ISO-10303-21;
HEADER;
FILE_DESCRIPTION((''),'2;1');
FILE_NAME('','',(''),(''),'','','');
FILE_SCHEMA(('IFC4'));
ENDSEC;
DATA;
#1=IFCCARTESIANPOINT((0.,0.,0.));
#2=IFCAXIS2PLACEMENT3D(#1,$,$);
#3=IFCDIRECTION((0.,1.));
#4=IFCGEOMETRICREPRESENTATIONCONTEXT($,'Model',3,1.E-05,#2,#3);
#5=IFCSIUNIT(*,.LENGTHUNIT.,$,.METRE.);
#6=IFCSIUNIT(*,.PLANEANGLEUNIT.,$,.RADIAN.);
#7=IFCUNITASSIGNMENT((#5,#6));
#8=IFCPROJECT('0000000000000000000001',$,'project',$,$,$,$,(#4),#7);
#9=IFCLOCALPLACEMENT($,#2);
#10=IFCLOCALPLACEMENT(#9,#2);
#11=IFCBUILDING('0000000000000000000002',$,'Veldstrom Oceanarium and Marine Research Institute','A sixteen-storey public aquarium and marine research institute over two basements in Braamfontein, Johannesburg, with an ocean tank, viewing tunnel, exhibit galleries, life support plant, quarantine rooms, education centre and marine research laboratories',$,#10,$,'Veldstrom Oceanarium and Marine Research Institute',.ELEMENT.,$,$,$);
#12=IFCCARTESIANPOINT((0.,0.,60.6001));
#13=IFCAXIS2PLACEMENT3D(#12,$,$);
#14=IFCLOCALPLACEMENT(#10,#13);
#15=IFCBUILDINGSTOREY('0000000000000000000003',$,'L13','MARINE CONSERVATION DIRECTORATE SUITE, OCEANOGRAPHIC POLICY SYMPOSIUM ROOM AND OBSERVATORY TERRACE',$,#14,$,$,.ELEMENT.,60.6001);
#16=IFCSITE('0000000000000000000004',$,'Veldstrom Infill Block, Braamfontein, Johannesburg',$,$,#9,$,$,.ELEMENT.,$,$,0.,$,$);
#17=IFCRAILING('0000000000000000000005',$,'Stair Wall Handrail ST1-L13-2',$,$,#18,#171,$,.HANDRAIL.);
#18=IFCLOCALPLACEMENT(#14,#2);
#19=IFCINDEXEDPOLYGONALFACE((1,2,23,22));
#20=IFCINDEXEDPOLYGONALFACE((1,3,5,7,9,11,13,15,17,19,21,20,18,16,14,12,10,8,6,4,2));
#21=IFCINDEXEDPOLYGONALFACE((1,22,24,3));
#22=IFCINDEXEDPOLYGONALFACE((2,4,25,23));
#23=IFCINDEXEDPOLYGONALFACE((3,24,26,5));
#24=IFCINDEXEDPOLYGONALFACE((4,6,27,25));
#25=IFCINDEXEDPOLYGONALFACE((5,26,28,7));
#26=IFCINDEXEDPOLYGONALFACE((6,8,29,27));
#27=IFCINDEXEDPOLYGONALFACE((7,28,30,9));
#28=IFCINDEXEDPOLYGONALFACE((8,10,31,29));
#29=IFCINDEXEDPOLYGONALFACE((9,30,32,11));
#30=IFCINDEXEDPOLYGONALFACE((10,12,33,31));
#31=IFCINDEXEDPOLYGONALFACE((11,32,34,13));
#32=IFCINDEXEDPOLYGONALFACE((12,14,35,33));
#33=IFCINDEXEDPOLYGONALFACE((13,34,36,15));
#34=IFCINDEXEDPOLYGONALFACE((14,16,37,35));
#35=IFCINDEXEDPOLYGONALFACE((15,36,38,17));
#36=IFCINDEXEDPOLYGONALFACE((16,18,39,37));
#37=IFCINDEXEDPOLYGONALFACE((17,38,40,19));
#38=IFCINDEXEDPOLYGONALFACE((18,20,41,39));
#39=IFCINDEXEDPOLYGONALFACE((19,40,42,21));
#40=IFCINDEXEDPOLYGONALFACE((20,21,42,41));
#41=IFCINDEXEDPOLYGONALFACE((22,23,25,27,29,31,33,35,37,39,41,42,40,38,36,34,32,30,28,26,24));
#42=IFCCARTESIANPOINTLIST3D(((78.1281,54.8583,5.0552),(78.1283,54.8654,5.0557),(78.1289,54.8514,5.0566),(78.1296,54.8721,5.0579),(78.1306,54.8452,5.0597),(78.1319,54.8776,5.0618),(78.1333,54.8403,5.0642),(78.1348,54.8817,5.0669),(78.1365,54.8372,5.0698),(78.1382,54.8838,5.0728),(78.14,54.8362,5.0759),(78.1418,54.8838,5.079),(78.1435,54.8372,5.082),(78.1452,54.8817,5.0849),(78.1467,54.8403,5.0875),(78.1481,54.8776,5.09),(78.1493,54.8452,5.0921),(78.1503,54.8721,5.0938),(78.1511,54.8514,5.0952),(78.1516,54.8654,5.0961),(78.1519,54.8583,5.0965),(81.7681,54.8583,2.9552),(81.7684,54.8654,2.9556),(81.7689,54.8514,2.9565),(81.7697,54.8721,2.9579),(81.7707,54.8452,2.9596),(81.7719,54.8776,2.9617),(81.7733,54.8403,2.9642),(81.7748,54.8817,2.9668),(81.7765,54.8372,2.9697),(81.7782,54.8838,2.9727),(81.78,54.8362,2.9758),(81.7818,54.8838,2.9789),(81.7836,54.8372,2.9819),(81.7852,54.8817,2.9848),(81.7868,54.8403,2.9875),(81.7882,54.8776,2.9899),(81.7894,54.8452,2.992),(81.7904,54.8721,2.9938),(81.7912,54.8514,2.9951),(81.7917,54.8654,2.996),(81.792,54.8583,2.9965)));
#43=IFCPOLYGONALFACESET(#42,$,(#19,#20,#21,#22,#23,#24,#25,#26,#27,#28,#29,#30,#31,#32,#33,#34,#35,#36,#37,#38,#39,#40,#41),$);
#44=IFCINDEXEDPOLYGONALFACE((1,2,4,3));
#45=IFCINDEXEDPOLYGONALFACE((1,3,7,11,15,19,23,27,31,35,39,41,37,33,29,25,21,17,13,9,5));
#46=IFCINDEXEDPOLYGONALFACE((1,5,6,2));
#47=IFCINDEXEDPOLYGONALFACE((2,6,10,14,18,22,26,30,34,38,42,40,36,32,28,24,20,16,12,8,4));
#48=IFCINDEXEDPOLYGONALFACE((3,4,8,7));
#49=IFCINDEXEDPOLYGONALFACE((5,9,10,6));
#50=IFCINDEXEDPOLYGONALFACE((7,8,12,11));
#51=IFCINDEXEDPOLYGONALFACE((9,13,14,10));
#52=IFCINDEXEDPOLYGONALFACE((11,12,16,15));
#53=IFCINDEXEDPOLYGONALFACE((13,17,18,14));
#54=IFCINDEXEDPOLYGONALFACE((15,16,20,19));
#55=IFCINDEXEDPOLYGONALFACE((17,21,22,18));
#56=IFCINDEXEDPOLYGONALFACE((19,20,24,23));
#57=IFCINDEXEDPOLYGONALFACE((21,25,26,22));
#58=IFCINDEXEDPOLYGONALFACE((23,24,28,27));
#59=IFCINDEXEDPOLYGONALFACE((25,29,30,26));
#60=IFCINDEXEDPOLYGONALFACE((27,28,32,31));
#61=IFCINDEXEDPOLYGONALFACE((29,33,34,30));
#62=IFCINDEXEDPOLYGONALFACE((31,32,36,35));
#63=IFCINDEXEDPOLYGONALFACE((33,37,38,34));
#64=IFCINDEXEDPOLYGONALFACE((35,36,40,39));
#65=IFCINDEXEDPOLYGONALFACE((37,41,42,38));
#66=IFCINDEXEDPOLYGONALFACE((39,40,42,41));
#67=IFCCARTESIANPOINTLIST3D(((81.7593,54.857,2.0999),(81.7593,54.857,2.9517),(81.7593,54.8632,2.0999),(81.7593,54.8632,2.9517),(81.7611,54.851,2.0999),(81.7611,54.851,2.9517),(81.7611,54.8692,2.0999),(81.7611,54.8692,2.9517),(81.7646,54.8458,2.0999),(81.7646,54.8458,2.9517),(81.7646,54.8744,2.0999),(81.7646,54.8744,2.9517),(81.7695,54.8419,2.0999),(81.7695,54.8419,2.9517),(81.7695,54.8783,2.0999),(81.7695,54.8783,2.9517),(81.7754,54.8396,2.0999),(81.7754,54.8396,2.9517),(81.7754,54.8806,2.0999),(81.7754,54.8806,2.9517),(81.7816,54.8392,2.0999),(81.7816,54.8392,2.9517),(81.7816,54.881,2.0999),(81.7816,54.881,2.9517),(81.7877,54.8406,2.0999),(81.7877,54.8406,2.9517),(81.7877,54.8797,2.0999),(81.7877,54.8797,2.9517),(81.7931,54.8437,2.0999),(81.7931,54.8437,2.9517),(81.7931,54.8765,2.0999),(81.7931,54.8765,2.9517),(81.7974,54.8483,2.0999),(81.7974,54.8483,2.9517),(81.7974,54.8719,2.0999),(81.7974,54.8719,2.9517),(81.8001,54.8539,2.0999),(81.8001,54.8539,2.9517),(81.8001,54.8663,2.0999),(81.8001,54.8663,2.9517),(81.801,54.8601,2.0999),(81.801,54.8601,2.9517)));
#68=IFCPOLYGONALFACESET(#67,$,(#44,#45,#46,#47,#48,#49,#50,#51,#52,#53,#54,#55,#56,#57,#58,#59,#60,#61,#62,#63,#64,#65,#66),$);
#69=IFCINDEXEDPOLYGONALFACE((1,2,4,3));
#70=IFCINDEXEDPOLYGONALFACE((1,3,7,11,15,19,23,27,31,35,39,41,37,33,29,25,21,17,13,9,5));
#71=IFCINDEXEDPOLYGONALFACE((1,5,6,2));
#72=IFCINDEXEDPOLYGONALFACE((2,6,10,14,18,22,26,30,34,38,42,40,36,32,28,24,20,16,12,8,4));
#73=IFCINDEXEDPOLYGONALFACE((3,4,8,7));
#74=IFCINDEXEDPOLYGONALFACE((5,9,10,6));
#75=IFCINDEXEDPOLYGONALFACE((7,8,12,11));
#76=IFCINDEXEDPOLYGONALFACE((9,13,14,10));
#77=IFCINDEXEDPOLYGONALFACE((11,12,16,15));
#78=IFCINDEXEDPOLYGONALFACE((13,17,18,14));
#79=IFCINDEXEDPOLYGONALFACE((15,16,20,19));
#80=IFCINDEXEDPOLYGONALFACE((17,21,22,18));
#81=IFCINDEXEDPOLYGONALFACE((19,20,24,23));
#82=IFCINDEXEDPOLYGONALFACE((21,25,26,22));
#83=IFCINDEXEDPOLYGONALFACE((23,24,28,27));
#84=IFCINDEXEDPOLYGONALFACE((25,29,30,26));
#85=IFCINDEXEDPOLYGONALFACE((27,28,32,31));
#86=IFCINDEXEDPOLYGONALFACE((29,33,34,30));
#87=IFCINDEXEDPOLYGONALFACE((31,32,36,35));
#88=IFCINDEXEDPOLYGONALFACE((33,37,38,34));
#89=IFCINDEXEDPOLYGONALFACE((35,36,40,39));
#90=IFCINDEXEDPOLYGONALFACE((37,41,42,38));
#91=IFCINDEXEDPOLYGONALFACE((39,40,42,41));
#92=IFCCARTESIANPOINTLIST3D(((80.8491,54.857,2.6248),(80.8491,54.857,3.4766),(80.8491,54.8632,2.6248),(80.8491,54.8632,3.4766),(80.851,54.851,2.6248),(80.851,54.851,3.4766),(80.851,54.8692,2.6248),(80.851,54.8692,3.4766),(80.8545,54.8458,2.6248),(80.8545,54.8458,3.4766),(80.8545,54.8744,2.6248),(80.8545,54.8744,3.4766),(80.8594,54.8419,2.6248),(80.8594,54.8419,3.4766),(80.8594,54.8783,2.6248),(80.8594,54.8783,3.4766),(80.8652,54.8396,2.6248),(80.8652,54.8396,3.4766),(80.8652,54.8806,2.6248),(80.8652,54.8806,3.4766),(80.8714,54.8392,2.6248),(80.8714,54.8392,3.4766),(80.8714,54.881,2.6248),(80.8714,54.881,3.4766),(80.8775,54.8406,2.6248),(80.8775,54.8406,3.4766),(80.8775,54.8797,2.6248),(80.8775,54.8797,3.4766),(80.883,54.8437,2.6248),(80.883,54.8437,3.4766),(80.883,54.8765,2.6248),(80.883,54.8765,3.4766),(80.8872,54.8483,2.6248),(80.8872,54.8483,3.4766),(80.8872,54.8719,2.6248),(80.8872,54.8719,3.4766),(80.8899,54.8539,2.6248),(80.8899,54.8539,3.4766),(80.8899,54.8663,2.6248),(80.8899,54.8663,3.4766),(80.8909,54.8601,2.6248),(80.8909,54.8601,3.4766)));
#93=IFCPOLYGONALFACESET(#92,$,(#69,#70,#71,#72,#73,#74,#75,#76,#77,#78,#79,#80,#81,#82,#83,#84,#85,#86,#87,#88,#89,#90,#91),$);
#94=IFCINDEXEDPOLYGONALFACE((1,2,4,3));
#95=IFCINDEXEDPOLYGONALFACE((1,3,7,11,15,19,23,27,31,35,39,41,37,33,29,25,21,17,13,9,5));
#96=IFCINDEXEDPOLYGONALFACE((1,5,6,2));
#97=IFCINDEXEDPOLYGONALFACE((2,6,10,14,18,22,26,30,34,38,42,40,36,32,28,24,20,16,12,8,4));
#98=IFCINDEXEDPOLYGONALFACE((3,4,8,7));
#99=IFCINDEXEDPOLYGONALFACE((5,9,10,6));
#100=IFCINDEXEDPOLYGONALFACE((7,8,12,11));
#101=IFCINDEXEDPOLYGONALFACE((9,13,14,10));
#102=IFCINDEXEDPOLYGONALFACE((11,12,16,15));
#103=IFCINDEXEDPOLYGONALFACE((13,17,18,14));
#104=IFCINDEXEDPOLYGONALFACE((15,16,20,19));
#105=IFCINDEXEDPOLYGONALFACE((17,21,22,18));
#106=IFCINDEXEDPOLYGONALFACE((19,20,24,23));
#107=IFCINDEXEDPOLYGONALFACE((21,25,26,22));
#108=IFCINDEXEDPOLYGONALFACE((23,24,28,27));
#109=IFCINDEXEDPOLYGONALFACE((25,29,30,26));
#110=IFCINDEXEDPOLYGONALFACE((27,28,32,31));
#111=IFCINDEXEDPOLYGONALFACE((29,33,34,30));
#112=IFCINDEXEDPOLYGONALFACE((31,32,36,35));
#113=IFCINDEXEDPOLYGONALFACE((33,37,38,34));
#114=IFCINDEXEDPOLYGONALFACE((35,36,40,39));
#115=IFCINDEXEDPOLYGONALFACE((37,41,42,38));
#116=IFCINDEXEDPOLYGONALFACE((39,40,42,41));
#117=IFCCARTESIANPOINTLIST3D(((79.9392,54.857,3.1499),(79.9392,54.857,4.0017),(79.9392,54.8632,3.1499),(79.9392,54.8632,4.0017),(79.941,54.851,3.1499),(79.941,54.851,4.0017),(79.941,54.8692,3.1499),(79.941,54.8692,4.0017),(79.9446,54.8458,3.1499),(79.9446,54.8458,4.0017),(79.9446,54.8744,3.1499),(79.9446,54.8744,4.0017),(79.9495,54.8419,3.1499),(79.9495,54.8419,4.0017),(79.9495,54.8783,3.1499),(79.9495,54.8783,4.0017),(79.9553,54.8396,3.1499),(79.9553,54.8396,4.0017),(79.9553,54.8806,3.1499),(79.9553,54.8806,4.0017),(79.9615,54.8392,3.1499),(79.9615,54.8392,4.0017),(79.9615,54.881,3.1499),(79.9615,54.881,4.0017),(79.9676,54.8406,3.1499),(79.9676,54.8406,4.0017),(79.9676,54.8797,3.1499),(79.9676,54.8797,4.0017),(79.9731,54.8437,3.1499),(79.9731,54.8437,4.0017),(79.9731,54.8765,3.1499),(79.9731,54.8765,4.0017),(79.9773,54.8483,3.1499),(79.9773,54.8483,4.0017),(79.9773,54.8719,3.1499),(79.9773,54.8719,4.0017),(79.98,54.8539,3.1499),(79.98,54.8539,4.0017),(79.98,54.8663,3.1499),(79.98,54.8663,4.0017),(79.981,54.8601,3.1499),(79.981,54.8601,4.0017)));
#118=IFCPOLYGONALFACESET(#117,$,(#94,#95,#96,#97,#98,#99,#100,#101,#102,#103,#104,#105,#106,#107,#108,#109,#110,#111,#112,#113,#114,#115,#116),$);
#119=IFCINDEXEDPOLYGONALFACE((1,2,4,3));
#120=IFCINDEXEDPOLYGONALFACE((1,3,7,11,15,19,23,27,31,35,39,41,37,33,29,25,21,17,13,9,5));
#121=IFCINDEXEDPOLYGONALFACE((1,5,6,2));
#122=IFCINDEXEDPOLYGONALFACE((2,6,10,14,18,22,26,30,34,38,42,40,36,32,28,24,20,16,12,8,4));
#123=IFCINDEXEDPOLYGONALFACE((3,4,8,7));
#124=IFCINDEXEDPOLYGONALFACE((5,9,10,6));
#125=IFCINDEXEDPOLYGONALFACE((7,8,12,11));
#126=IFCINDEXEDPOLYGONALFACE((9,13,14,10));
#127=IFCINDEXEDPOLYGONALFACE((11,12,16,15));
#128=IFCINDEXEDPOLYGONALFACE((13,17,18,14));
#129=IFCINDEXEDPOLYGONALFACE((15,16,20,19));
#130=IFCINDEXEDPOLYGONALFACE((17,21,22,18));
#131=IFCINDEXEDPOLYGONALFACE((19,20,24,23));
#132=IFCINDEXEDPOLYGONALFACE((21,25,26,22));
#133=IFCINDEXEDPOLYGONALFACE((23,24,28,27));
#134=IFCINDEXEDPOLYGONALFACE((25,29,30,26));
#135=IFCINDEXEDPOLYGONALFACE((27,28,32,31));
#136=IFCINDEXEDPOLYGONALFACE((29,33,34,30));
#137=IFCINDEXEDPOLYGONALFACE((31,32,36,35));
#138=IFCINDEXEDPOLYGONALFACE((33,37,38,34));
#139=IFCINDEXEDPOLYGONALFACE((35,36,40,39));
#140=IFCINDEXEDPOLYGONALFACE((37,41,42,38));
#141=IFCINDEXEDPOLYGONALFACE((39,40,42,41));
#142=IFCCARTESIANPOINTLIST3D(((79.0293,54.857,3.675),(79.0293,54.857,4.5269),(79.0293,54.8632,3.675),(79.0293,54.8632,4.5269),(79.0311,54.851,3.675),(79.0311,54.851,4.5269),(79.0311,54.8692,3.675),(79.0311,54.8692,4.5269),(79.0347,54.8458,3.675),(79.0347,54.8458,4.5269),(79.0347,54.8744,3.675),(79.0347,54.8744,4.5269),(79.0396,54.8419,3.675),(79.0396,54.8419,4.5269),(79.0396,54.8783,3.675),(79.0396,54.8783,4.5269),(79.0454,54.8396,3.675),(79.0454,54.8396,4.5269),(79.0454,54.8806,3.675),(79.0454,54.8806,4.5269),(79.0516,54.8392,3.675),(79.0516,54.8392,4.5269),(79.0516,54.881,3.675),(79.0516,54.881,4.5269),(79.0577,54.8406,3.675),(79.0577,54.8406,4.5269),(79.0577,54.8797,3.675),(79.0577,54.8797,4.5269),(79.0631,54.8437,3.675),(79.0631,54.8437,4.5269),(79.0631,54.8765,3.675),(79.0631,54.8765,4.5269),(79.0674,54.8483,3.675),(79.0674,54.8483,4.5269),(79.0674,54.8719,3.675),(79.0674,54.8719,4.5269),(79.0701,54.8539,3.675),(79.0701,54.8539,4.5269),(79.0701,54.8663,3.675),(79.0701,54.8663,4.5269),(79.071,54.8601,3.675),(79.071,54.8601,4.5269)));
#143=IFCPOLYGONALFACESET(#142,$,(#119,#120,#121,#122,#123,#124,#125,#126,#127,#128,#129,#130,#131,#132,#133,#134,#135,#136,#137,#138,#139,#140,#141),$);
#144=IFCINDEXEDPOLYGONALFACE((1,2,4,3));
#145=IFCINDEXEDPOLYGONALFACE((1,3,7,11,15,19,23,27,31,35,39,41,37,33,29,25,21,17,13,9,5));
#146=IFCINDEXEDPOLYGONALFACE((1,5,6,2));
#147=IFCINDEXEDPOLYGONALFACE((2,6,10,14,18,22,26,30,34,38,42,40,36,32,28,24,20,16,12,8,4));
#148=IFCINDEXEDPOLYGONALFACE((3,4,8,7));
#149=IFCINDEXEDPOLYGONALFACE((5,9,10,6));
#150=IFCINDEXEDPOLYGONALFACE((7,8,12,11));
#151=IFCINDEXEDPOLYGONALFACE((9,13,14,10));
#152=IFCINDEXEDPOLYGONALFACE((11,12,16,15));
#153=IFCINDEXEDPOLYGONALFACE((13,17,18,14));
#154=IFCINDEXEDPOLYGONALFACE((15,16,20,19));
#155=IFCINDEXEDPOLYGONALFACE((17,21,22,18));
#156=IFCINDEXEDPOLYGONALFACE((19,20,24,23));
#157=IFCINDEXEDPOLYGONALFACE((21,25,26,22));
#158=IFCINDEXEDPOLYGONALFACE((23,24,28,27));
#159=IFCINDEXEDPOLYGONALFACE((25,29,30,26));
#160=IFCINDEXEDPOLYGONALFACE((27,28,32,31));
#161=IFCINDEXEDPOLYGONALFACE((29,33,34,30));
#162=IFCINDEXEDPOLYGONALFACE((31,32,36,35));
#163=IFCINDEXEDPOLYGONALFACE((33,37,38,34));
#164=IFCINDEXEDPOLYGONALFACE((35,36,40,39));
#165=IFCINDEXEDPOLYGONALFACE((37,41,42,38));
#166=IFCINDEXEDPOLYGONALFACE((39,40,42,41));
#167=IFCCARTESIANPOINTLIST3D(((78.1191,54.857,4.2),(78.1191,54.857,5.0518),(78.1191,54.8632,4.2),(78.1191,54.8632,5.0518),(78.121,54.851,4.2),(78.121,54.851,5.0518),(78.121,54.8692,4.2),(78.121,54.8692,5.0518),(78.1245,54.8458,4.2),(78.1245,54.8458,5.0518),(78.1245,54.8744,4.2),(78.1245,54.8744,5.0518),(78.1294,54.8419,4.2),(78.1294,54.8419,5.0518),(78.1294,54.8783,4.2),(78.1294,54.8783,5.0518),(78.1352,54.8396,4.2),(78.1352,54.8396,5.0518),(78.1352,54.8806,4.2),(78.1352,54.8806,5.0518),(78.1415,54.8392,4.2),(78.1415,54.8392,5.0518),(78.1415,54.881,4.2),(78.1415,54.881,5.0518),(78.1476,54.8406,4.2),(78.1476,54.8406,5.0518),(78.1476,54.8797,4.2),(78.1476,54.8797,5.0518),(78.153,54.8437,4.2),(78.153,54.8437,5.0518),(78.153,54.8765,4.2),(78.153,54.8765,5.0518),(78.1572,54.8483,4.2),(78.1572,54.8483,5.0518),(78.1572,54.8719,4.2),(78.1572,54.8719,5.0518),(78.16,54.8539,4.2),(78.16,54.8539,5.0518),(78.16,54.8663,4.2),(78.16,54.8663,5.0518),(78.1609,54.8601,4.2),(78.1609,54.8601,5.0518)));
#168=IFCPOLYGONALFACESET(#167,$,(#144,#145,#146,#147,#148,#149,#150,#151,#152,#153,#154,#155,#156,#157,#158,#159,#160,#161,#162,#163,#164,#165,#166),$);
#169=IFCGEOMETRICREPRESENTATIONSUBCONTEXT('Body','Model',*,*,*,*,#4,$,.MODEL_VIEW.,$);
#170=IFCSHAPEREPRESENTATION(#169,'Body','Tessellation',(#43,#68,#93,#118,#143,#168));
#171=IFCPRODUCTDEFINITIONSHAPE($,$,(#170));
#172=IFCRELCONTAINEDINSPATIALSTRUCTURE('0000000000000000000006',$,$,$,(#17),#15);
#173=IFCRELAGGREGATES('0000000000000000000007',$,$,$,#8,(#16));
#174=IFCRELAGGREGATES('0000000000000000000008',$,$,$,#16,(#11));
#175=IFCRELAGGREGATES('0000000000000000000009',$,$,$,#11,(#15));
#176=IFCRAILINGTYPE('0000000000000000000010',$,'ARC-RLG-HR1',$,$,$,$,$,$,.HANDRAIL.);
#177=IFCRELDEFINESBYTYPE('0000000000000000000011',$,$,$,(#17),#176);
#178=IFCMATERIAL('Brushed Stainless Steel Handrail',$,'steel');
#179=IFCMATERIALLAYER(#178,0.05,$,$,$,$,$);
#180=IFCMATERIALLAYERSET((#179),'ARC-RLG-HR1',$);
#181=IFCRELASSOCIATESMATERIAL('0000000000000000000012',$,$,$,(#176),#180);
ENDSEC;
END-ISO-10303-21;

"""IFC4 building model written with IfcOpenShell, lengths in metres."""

from ifc_helpers import new_model, si_unit, direction, frame, origin, origin_2d, place, context, subcontext, project, spatial, circle, extrude, material, layer, layer_set, type_object, element, save


model = new_model("IFC4")

# Units and contexts
model_context = context("Model", 3, precision=1e-05, world=origin(), true_north=direction((0.0, 1.0)))
body_context = subcontext(model_context, "Body", "Model", "MODEL_VIEW")
ifc_project = project(units=[si_unit("LENGTHUNIT", "METRE"), si_unit("PLANEANGLEUNIT", "RADIAN")], contexts=[model_context])

# Site, building, storey
site_placement = place(None, origin())
site = spatial("IfcSite", under=ifc_project, at=site_placement, Name="Veldstrom Infill Block, Braamfontein, Johannesburg", CompositionType="ELEMENT", RefElevation=0.0)
building_placement = place(site_placement, origin())
building = spatial("IfcBuilding", under=site, at=building_placement, Name="Veldstrom Oceanarium and Marine Research Institute", Description="A sixteen-storey public aquarium and marine research institute over two basements in Braamfontein, Johannesburg, with an ocean tank, viewing tunnel, exhibit galleries, life support plant, quarantine rooms, education centre and marine research laboratories", LongName="Veldstrom Oceanarium and Marine Research Institute", CompositionType="ELEMENT")
storey_placement = place(building_placement, frame((0.0, 0.0, 60.6001)))
storey = spatial("IfcBuildingStorey", under=building, at=storey_placement, Name="L13", Description="MARINE CONSERVATION DIRECTORATE SUITE, OCEANOGRAPHIC POLICY SYMPOSIUM ROOM AND OBSERVATORY TERRACE", CompositionType="ELEMENT", Elevation=60.6001)

# Railing
ifc_material_1 = material(Name="Brushed Stainless Steel Handrail", Category="steel")
ifc_layer_1 = layer(ifc_material_1, 0.05)
ifc_layer_set_1 = layer_set([ifc_layer_1], Name="ARC-RLG-HR1")
railing_type_1 = type_object("IfcRailingType", Name="ARC-RLG-HR1", PredefinedType="HANDRAIL", material=ifc_layer_set_1)
railing_1_placement = place(storey_placement, frame((81.78, 54.8601, 2.0999)))
element("IfcRailing", 1, at=railing_1_placement, inside=storey, type_object=railing_type_1, Name="Stair Wall Handrail ST1-L13-2", PredefinedType="HANDRAIL", context=body_context, shape_type="SweptSolid", body=[
    extrude(circle(Radius=0.0239, at=origin_2d()), frame((0.0, 0.0, 0.876), z_axis=(-0.866184, 0.0, 0.499726), x_axis=(0.0, -1.0, 0.0)), (0.0, 0.0, 1.0), 4.2024),
    extrude(circle(Radius=0.021, at=origin_2d()), origin(), (0.0, 0.0, 1.0), 0.8518),
    extrude(circle(Radius=0.021, at=origin_2d()), frame((-0.9102, 0.0, 0.5249)), (0.0, 0.0, 1.0), 0.8518),
    extrude(circle(Radius=0.021, at=origin_2d()), frame((-1.8201, 0.0, 1.05)), (0.0, 0.0, 1.0), 0.8518),
    extrude(circle(Radius=0.021, at=origin_2d()), frame((-2.73, 0.0, 1.5752)), (0.0, 0.0, 1.0), 0.8518),
    extrude(circle(Radius=0.021, at=origin_2d()), frame((-3.6401, 0.0, 2.1001)), (0.0, 0.0, 1.0), 0.8518),
])

save(model, "model.ifc")
